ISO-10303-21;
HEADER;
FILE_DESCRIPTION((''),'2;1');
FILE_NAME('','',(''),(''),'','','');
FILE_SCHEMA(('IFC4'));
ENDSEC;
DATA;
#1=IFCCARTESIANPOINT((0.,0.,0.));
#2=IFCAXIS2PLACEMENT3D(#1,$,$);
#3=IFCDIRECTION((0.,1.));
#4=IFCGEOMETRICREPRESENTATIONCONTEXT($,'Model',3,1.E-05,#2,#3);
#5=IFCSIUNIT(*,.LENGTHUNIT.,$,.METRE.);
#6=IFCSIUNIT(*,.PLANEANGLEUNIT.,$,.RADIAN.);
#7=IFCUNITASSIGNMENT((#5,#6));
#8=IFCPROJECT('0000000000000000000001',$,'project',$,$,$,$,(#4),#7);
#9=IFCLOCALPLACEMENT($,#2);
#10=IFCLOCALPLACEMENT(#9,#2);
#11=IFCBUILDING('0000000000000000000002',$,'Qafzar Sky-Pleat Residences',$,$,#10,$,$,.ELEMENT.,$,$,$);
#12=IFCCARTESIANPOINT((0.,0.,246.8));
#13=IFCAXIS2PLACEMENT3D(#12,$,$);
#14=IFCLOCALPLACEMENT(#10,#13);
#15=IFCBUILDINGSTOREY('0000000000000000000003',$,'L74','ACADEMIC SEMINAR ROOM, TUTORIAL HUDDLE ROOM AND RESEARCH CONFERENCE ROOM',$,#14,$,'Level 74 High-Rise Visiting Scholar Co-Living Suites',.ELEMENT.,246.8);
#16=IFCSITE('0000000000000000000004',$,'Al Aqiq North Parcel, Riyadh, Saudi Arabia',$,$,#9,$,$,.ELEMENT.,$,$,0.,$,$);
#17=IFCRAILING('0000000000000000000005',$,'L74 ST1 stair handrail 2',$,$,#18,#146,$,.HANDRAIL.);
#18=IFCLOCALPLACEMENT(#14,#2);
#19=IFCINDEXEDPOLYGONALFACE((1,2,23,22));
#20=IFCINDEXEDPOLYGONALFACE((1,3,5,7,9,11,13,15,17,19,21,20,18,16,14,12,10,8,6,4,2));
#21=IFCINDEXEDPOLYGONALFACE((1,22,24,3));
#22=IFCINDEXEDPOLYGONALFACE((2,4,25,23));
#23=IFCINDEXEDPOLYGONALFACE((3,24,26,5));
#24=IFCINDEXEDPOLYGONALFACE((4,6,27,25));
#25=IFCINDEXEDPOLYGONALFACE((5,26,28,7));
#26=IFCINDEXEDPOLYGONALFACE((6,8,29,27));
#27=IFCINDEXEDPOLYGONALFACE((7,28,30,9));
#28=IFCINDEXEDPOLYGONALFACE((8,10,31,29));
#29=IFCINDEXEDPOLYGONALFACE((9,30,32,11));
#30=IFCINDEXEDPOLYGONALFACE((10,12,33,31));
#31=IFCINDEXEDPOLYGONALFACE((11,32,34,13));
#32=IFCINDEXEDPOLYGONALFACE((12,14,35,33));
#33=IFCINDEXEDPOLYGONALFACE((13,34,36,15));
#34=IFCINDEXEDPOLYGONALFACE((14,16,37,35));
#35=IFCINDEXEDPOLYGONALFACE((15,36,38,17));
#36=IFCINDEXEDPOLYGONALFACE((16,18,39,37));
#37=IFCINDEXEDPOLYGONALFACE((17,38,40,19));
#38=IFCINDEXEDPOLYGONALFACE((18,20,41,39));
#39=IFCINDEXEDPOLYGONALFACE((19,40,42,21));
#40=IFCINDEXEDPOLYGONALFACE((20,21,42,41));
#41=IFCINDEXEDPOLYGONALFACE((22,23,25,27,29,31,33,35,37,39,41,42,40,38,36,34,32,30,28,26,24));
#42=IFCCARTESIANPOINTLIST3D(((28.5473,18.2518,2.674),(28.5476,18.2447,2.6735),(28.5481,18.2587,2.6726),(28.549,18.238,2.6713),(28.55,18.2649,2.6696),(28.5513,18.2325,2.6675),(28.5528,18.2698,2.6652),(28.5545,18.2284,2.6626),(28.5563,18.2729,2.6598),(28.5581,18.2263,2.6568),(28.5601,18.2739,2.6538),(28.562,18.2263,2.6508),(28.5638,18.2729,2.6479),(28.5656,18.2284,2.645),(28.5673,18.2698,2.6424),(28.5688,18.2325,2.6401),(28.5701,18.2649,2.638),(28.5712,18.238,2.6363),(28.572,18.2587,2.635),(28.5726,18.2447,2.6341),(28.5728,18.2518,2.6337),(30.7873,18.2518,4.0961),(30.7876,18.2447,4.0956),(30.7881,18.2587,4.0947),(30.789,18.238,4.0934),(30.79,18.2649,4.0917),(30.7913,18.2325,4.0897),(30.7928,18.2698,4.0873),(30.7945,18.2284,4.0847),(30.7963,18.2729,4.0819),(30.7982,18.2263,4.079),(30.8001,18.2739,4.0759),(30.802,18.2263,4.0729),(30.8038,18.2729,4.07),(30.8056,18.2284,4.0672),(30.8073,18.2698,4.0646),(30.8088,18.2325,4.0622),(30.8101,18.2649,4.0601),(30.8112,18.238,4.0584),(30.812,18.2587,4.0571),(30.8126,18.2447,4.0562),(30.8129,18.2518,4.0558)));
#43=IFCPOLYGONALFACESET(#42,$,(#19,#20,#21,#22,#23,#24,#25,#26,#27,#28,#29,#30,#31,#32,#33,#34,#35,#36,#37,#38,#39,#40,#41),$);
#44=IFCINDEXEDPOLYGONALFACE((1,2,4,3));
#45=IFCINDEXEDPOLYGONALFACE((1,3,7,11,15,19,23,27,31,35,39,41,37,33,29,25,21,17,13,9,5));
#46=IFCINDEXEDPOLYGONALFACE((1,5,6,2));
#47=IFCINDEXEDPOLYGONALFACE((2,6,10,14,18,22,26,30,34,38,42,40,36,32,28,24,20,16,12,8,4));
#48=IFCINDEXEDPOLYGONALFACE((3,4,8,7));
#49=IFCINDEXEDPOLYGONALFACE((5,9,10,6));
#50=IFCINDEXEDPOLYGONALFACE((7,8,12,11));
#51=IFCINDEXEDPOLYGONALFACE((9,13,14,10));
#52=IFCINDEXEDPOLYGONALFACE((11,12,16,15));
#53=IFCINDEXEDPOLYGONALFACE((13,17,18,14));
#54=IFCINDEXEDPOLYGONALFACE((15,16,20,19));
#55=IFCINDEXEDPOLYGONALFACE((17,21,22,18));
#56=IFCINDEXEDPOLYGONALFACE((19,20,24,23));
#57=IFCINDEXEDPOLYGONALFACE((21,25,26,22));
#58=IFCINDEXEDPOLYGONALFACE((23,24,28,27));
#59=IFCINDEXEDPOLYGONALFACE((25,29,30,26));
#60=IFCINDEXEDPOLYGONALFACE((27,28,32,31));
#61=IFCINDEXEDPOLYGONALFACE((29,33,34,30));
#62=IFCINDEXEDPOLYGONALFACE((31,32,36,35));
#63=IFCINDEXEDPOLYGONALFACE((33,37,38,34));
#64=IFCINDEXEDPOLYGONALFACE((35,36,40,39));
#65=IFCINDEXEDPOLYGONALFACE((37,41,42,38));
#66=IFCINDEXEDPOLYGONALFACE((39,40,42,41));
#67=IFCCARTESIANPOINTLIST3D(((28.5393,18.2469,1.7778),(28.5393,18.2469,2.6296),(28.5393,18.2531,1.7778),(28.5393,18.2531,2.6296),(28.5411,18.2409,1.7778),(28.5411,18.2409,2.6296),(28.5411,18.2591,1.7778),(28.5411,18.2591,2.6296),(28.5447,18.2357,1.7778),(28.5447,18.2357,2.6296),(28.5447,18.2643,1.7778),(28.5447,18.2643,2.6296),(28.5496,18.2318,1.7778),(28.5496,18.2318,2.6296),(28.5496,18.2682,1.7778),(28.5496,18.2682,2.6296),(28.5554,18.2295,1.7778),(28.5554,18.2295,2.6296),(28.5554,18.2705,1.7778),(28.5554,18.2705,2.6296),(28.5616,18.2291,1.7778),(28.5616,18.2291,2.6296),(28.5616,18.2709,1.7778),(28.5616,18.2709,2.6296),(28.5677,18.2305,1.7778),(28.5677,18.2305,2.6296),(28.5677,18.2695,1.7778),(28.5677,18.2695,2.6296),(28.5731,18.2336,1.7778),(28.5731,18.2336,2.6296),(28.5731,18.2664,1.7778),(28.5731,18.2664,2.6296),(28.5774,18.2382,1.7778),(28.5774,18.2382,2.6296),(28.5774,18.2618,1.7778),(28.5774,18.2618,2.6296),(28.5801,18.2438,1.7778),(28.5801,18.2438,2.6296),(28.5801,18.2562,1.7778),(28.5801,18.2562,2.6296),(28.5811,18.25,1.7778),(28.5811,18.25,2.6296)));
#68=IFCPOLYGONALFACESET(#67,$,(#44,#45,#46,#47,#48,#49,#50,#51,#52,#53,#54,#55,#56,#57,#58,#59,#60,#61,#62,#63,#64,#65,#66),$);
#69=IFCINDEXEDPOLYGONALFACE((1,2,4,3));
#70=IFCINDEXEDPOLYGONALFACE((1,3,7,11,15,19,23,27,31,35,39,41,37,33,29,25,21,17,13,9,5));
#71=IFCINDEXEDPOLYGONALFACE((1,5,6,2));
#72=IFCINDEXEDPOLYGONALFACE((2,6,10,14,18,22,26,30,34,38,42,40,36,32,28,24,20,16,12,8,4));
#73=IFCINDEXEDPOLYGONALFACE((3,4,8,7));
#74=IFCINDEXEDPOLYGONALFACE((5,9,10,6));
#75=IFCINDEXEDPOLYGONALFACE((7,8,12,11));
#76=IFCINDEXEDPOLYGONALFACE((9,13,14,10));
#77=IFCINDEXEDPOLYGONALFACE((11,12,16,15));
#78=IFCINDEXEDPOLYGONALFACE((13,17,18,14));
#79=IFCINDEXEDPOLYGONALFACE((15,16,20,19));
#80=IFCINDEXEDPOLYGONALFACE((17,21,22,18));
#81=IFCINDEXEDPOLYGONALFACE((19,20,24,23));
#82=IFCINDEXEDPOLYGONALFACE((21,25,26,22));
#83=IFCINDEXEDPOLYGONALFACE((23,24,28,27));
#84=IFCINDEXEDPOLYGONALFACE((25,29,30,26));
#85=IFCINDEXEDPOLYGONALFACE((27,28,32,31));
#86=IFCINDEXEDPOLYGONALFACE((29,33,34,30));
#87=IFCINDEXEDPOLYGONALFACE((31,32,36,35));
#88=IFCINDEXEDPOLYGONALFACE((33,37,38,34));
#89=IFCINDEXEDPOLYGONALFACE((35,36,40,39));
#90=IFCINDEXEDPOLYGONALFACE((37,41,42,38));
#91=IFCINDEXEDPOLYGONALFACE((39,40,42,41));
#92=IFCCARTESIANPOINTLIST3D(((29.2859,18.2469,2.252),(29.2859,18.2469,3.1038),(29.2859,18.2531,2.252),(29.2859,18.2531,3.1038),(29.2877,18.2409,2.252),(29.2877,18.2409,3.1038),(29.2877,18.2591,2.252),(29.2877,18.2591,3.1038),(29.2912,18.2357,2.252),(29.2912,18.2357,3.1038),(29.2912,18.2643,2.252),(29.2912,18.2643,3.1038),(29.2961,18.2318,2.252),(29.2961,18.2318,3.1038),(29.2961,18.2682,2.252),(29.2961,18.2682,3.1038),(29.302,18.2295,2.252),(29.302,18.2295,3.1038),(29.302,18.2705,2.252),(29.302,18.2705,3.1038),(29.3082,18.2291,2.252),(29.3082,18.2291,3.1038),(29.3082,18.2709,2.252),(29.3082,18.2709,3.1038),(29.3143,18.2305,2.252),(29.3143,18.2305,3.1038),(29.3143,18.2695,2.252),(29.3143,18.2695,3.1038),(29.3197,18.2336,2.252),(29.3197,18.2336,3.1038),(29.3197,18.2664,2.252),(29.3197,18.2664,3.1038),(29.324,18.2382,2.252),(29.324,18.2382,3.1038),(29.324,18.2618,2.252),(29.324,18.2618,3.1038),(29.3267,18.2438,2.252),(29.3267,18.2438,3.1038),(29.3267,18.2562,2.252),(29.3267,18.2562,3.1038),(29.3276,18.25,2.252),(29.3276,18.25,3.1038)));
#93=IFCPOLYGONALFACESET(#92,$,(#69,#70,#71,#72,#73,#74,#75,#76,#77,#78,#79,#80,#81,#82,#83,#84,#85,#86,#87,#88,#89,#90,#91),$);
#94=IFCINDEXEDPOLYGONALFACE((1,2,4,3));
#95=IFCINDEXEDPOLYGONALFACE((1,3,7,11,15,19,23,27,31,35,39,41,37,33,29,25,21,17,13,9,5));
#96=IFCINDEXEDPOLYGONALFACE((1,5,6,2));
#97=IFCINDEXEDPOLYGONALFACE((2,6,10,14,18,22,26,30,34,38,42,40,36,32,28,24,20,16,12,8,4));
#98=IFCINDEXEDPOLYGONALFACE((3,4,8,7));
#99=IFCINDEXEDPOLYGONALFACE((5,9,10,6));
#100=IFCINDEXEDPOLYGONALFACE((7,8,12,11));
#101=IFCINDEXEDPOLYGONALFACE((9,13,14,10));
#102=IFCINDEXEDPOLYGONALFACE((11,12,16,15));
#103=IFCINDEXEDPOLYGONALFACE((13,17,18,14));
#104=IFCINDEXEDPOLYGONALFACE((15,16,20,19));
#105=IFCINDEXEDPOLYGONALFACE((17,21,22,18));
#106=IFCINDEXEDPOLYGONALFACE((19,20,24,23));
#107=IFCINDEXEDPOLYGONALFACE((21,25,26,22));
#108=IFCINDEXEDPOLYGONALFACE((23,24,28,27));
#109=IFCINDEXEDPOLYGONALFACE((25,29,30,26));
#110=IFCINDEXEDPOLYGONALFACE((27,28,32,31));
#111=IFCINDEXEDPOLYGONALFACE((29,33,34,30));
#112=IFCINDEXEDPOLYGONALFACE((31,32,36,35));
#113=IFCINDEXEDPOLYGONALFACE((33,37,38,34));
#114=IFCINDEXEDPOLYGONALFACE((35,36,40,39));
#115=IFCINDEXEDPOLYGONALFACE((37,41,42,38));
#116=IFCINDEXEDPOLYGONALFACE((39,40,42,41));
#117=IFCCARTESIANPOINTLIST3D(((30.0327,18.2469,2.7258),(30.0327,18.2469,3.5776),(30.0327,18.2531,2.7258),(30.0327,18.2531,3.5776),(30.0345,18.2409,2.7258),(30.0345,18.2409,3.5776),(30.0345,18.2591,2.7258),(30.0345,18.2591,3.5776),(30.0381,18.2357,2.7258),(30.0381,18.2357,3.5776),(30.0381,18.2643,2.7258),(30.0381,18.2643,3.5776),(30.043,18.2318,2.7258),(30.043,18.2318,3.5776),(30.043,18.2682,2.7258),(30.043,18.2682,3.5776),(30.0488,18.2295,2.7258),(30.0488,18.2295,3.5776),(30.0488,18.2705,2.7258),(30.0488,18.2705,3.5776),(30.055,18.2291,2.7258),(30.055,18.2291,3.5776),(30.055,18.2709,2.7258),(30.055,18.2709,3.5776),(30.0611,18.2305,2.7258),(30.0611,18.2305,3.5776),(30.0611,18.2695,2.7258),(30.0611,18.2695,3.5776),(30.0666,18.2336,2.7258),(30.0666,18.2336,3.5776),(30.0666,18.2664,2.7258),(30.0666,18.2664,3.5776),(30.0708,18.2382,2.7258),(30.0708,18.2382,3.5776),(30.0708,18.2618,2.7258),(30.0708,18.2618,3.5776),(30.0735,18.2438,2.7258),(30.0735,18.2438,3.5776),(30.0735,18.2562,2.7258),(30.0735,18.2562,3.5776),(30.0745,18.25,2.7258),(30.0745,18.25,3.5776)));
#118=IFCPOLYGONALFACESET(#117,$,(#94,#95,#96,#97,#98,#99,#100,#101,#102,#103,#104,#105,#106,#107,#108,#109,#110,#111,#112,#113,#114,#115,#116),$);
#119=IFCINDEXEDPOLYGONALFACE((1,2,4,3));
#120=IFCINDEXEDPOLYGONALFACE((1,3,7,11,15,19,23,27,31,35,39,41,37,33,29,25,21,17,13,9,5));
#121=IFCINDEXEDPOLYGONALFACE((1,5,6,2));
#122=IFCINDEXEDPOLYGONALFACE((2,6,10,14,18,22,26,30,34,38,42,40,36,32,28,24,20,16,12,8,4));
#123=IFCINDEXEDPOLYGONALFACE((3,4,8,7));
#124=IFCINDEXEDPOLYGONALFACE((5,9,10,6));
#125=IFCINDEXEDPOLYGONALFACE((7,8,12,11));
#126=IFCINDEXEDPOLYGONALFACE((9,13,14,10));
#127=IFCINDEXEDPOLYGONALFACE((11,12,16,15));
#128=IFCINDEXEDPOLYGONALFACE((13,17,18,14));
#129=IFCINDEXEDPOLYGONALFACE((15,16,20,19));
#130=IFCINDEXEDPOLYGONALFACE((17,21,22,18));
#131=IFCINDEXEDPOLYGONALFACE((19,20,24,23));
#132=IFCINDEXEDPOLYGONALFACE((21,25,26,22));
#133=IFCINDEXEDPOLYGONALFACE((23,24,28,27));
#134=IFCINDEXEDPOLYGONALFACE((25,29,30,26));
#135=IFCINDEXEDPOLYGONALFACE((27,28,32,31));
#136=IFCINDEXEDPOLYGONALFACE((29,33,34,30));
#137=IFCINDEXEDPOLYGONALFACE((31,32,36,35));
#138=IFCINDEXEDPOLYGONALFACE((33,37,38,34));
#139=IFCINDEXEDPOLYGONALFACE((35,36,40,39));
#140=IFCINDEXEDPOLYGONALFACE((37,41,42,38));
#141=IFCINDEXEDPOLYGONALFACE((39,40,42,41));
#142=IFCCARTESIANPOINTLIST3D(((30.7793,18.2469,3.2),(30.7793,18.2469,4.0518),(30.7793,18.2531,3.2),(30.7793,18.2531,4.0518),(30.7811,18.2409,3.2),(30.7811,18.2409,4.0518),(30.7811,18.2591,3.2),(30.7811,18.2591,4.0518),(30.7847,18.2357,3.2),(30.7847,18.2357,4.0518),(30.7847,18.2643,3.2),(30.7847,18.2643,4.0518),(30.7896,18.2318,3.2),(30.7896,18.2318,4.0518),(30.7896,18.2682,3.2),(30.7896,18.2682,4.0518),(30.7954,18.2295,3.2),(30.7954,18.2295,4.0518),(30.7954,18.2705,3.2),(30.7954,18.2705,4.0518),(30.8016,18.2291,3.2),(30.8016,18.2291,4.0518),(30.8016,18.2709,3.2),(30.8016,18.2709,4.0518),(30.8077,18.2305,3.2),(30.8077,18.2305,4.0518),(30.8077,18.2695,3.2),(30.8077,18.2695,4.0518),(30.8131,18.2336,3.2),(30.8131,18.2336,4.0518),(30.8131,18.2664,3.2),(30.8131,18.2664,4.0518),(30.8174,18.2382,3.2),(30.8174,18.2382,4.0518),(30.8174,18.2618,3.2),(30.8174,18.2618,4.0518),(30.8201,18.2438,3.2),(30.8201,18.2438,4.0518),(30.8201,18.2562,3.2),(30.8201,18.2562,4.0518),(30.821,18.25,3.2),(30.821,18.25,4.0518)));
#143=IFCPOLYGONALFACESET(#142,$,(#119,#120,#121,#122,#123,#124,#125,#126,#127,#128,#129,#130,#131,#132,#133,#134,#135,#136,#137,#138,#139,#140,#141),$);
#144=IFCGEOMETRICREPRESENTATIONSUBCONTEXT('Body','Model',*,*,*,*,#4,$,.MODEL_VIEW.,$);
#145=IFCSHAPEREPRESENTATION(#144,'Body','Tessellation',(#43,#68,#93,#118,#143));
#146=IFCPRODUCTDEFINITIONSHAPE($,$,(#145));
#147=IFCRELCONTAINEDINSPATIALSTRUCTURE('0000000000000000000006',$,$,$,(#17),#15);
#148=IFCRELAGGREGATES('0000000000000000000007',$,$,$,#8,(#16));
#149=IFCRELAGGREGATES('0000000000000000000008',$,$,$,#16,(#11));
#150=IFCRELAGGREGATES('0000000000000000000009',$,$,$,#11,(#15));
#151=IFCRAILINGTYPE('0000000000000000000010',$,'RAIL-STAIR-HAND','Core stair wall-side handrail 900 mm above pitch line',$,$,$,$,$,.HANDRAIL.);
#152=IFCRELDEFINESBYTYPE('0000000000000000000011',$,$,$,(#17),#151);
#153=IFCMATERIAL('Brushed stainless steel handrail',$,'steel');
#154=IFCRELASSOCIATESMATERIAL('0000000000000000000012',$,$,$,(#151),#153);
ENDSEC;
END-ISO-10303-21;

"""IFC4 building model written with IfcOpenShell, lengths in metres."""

from ifc_helpers import new_model, si_unit, direction, frame, origin, origin_2d, place, context, subcontext, project, spatial, circle, extrude, source, transform, mapped, material, type_object, element, save


model = new_model("IFC4")

# Units and contexts
model_context = context("Model", 3, precision=1e-05, world=origin(), true_north=direction((0.0, 1.0)))
body_context = subcontext(model_context, "Body", "Model", "MODEL_VIEW")
ifc_project = project(units=[si_unit("LENGTHUNIT", "METRE"), si_unit("PLANEANGLEUNIT", "RADIAN")], contexts=[model_context])

# Site, building, storey
site_placement = place(None, origin())
site = spatial("IfcSite", under=ifc_project, at=site_placement, Name="Al Aqiq North Parcel, Riyadh, Saudi Arabia", CompositionType="ELEMENT", RefElevation=0.0)
building_placement = place(site_placement, origin())
building = spatial("IfcBuilding", under=site, at=building_placement, Name="Qafzar Sky-Pleat Residences", CompositionType="ELEMENT")
storey_placement = place(building_placement, frame((0.0, 0.0, 246.8)))
storey = spatial("IfcBuildingStorey", under=building, at=storey_placement, Name="L74", Description="ACADEMIC SEMINAR ROOM, TUTORIAL HUDDLE ROOM AND RESEARCH CONFERENCE ROOM", LongName="Level 74 High-Rise Visiting Scholar Co-Living Suites", CompositionType="ELEMENT", Elevation=246.8)

# Railing
ifc_material_1 = material(Name="Brushed stainless steel handrail", Category="steel")
railing_type_1 = type_object("IfcRailingType", Name="RAIL-STAIR-HAND", Description="Core stair wall-side handrail 900 mm above pitch line", PredefinedType="HANDRAIL", material=ifc_material_1)
shared_shape_1 = source(origin(), body_context, "Body", "SweptSolid", [
    extrude(circle(Radius=0.0239, at=origin_2d()), frame((0.0, 0.0, 0.876), z_axis=(0.844229, 0.0, 0.535982), x_axis=(0.0, 1.0, 0.0)), (0.0, 0.0, 1.0), 2.6533),
    extrude(circle(Radius=0.021, at=origin_2d()), origin(), (0.0, 0.0, 1.0), 0.8518),
    extrude(circle(Radius=0.021, at=origin_2d()), frame((0.7466, 0.0, 0.4741)), (0.0, 0.0, 1.0), 0.8518),
    extrude(circle(Radius=0.021, at=origin_2d()), frame((1.4934, 0.0, 0.948)), (0.0, 0.0, 1.0), 0.8518),
    extrude(circle(Radius=0.021, at=origin_2d()), frame((2.24, 0.0, 1.4221)), (0.0, 0.0, 1.0), 0.8518),
])
railing_1_placement = place(storey_placement, frame((28.5601, 18.25, 1.7778)))
element("IfcRailing", 1, at=railing_1_placement, inside=storey, type_object=railing_type_1, Name="L74 ST1 stair handrail 2", PredefinedType="HANDRAIL", context=body_context, shape_type="MappedRepresentation", body=[
    mapped(shared_shape_1, transform((0.0, 0.0, 0.0), x_axis=(1.0, 0.0, 0.0), y_axis=(0.0, 1.0, 0.0), z_axis=(0.0, 0.0, 1.0), scale=1.0)),
])

save(model, "model.ifc")
